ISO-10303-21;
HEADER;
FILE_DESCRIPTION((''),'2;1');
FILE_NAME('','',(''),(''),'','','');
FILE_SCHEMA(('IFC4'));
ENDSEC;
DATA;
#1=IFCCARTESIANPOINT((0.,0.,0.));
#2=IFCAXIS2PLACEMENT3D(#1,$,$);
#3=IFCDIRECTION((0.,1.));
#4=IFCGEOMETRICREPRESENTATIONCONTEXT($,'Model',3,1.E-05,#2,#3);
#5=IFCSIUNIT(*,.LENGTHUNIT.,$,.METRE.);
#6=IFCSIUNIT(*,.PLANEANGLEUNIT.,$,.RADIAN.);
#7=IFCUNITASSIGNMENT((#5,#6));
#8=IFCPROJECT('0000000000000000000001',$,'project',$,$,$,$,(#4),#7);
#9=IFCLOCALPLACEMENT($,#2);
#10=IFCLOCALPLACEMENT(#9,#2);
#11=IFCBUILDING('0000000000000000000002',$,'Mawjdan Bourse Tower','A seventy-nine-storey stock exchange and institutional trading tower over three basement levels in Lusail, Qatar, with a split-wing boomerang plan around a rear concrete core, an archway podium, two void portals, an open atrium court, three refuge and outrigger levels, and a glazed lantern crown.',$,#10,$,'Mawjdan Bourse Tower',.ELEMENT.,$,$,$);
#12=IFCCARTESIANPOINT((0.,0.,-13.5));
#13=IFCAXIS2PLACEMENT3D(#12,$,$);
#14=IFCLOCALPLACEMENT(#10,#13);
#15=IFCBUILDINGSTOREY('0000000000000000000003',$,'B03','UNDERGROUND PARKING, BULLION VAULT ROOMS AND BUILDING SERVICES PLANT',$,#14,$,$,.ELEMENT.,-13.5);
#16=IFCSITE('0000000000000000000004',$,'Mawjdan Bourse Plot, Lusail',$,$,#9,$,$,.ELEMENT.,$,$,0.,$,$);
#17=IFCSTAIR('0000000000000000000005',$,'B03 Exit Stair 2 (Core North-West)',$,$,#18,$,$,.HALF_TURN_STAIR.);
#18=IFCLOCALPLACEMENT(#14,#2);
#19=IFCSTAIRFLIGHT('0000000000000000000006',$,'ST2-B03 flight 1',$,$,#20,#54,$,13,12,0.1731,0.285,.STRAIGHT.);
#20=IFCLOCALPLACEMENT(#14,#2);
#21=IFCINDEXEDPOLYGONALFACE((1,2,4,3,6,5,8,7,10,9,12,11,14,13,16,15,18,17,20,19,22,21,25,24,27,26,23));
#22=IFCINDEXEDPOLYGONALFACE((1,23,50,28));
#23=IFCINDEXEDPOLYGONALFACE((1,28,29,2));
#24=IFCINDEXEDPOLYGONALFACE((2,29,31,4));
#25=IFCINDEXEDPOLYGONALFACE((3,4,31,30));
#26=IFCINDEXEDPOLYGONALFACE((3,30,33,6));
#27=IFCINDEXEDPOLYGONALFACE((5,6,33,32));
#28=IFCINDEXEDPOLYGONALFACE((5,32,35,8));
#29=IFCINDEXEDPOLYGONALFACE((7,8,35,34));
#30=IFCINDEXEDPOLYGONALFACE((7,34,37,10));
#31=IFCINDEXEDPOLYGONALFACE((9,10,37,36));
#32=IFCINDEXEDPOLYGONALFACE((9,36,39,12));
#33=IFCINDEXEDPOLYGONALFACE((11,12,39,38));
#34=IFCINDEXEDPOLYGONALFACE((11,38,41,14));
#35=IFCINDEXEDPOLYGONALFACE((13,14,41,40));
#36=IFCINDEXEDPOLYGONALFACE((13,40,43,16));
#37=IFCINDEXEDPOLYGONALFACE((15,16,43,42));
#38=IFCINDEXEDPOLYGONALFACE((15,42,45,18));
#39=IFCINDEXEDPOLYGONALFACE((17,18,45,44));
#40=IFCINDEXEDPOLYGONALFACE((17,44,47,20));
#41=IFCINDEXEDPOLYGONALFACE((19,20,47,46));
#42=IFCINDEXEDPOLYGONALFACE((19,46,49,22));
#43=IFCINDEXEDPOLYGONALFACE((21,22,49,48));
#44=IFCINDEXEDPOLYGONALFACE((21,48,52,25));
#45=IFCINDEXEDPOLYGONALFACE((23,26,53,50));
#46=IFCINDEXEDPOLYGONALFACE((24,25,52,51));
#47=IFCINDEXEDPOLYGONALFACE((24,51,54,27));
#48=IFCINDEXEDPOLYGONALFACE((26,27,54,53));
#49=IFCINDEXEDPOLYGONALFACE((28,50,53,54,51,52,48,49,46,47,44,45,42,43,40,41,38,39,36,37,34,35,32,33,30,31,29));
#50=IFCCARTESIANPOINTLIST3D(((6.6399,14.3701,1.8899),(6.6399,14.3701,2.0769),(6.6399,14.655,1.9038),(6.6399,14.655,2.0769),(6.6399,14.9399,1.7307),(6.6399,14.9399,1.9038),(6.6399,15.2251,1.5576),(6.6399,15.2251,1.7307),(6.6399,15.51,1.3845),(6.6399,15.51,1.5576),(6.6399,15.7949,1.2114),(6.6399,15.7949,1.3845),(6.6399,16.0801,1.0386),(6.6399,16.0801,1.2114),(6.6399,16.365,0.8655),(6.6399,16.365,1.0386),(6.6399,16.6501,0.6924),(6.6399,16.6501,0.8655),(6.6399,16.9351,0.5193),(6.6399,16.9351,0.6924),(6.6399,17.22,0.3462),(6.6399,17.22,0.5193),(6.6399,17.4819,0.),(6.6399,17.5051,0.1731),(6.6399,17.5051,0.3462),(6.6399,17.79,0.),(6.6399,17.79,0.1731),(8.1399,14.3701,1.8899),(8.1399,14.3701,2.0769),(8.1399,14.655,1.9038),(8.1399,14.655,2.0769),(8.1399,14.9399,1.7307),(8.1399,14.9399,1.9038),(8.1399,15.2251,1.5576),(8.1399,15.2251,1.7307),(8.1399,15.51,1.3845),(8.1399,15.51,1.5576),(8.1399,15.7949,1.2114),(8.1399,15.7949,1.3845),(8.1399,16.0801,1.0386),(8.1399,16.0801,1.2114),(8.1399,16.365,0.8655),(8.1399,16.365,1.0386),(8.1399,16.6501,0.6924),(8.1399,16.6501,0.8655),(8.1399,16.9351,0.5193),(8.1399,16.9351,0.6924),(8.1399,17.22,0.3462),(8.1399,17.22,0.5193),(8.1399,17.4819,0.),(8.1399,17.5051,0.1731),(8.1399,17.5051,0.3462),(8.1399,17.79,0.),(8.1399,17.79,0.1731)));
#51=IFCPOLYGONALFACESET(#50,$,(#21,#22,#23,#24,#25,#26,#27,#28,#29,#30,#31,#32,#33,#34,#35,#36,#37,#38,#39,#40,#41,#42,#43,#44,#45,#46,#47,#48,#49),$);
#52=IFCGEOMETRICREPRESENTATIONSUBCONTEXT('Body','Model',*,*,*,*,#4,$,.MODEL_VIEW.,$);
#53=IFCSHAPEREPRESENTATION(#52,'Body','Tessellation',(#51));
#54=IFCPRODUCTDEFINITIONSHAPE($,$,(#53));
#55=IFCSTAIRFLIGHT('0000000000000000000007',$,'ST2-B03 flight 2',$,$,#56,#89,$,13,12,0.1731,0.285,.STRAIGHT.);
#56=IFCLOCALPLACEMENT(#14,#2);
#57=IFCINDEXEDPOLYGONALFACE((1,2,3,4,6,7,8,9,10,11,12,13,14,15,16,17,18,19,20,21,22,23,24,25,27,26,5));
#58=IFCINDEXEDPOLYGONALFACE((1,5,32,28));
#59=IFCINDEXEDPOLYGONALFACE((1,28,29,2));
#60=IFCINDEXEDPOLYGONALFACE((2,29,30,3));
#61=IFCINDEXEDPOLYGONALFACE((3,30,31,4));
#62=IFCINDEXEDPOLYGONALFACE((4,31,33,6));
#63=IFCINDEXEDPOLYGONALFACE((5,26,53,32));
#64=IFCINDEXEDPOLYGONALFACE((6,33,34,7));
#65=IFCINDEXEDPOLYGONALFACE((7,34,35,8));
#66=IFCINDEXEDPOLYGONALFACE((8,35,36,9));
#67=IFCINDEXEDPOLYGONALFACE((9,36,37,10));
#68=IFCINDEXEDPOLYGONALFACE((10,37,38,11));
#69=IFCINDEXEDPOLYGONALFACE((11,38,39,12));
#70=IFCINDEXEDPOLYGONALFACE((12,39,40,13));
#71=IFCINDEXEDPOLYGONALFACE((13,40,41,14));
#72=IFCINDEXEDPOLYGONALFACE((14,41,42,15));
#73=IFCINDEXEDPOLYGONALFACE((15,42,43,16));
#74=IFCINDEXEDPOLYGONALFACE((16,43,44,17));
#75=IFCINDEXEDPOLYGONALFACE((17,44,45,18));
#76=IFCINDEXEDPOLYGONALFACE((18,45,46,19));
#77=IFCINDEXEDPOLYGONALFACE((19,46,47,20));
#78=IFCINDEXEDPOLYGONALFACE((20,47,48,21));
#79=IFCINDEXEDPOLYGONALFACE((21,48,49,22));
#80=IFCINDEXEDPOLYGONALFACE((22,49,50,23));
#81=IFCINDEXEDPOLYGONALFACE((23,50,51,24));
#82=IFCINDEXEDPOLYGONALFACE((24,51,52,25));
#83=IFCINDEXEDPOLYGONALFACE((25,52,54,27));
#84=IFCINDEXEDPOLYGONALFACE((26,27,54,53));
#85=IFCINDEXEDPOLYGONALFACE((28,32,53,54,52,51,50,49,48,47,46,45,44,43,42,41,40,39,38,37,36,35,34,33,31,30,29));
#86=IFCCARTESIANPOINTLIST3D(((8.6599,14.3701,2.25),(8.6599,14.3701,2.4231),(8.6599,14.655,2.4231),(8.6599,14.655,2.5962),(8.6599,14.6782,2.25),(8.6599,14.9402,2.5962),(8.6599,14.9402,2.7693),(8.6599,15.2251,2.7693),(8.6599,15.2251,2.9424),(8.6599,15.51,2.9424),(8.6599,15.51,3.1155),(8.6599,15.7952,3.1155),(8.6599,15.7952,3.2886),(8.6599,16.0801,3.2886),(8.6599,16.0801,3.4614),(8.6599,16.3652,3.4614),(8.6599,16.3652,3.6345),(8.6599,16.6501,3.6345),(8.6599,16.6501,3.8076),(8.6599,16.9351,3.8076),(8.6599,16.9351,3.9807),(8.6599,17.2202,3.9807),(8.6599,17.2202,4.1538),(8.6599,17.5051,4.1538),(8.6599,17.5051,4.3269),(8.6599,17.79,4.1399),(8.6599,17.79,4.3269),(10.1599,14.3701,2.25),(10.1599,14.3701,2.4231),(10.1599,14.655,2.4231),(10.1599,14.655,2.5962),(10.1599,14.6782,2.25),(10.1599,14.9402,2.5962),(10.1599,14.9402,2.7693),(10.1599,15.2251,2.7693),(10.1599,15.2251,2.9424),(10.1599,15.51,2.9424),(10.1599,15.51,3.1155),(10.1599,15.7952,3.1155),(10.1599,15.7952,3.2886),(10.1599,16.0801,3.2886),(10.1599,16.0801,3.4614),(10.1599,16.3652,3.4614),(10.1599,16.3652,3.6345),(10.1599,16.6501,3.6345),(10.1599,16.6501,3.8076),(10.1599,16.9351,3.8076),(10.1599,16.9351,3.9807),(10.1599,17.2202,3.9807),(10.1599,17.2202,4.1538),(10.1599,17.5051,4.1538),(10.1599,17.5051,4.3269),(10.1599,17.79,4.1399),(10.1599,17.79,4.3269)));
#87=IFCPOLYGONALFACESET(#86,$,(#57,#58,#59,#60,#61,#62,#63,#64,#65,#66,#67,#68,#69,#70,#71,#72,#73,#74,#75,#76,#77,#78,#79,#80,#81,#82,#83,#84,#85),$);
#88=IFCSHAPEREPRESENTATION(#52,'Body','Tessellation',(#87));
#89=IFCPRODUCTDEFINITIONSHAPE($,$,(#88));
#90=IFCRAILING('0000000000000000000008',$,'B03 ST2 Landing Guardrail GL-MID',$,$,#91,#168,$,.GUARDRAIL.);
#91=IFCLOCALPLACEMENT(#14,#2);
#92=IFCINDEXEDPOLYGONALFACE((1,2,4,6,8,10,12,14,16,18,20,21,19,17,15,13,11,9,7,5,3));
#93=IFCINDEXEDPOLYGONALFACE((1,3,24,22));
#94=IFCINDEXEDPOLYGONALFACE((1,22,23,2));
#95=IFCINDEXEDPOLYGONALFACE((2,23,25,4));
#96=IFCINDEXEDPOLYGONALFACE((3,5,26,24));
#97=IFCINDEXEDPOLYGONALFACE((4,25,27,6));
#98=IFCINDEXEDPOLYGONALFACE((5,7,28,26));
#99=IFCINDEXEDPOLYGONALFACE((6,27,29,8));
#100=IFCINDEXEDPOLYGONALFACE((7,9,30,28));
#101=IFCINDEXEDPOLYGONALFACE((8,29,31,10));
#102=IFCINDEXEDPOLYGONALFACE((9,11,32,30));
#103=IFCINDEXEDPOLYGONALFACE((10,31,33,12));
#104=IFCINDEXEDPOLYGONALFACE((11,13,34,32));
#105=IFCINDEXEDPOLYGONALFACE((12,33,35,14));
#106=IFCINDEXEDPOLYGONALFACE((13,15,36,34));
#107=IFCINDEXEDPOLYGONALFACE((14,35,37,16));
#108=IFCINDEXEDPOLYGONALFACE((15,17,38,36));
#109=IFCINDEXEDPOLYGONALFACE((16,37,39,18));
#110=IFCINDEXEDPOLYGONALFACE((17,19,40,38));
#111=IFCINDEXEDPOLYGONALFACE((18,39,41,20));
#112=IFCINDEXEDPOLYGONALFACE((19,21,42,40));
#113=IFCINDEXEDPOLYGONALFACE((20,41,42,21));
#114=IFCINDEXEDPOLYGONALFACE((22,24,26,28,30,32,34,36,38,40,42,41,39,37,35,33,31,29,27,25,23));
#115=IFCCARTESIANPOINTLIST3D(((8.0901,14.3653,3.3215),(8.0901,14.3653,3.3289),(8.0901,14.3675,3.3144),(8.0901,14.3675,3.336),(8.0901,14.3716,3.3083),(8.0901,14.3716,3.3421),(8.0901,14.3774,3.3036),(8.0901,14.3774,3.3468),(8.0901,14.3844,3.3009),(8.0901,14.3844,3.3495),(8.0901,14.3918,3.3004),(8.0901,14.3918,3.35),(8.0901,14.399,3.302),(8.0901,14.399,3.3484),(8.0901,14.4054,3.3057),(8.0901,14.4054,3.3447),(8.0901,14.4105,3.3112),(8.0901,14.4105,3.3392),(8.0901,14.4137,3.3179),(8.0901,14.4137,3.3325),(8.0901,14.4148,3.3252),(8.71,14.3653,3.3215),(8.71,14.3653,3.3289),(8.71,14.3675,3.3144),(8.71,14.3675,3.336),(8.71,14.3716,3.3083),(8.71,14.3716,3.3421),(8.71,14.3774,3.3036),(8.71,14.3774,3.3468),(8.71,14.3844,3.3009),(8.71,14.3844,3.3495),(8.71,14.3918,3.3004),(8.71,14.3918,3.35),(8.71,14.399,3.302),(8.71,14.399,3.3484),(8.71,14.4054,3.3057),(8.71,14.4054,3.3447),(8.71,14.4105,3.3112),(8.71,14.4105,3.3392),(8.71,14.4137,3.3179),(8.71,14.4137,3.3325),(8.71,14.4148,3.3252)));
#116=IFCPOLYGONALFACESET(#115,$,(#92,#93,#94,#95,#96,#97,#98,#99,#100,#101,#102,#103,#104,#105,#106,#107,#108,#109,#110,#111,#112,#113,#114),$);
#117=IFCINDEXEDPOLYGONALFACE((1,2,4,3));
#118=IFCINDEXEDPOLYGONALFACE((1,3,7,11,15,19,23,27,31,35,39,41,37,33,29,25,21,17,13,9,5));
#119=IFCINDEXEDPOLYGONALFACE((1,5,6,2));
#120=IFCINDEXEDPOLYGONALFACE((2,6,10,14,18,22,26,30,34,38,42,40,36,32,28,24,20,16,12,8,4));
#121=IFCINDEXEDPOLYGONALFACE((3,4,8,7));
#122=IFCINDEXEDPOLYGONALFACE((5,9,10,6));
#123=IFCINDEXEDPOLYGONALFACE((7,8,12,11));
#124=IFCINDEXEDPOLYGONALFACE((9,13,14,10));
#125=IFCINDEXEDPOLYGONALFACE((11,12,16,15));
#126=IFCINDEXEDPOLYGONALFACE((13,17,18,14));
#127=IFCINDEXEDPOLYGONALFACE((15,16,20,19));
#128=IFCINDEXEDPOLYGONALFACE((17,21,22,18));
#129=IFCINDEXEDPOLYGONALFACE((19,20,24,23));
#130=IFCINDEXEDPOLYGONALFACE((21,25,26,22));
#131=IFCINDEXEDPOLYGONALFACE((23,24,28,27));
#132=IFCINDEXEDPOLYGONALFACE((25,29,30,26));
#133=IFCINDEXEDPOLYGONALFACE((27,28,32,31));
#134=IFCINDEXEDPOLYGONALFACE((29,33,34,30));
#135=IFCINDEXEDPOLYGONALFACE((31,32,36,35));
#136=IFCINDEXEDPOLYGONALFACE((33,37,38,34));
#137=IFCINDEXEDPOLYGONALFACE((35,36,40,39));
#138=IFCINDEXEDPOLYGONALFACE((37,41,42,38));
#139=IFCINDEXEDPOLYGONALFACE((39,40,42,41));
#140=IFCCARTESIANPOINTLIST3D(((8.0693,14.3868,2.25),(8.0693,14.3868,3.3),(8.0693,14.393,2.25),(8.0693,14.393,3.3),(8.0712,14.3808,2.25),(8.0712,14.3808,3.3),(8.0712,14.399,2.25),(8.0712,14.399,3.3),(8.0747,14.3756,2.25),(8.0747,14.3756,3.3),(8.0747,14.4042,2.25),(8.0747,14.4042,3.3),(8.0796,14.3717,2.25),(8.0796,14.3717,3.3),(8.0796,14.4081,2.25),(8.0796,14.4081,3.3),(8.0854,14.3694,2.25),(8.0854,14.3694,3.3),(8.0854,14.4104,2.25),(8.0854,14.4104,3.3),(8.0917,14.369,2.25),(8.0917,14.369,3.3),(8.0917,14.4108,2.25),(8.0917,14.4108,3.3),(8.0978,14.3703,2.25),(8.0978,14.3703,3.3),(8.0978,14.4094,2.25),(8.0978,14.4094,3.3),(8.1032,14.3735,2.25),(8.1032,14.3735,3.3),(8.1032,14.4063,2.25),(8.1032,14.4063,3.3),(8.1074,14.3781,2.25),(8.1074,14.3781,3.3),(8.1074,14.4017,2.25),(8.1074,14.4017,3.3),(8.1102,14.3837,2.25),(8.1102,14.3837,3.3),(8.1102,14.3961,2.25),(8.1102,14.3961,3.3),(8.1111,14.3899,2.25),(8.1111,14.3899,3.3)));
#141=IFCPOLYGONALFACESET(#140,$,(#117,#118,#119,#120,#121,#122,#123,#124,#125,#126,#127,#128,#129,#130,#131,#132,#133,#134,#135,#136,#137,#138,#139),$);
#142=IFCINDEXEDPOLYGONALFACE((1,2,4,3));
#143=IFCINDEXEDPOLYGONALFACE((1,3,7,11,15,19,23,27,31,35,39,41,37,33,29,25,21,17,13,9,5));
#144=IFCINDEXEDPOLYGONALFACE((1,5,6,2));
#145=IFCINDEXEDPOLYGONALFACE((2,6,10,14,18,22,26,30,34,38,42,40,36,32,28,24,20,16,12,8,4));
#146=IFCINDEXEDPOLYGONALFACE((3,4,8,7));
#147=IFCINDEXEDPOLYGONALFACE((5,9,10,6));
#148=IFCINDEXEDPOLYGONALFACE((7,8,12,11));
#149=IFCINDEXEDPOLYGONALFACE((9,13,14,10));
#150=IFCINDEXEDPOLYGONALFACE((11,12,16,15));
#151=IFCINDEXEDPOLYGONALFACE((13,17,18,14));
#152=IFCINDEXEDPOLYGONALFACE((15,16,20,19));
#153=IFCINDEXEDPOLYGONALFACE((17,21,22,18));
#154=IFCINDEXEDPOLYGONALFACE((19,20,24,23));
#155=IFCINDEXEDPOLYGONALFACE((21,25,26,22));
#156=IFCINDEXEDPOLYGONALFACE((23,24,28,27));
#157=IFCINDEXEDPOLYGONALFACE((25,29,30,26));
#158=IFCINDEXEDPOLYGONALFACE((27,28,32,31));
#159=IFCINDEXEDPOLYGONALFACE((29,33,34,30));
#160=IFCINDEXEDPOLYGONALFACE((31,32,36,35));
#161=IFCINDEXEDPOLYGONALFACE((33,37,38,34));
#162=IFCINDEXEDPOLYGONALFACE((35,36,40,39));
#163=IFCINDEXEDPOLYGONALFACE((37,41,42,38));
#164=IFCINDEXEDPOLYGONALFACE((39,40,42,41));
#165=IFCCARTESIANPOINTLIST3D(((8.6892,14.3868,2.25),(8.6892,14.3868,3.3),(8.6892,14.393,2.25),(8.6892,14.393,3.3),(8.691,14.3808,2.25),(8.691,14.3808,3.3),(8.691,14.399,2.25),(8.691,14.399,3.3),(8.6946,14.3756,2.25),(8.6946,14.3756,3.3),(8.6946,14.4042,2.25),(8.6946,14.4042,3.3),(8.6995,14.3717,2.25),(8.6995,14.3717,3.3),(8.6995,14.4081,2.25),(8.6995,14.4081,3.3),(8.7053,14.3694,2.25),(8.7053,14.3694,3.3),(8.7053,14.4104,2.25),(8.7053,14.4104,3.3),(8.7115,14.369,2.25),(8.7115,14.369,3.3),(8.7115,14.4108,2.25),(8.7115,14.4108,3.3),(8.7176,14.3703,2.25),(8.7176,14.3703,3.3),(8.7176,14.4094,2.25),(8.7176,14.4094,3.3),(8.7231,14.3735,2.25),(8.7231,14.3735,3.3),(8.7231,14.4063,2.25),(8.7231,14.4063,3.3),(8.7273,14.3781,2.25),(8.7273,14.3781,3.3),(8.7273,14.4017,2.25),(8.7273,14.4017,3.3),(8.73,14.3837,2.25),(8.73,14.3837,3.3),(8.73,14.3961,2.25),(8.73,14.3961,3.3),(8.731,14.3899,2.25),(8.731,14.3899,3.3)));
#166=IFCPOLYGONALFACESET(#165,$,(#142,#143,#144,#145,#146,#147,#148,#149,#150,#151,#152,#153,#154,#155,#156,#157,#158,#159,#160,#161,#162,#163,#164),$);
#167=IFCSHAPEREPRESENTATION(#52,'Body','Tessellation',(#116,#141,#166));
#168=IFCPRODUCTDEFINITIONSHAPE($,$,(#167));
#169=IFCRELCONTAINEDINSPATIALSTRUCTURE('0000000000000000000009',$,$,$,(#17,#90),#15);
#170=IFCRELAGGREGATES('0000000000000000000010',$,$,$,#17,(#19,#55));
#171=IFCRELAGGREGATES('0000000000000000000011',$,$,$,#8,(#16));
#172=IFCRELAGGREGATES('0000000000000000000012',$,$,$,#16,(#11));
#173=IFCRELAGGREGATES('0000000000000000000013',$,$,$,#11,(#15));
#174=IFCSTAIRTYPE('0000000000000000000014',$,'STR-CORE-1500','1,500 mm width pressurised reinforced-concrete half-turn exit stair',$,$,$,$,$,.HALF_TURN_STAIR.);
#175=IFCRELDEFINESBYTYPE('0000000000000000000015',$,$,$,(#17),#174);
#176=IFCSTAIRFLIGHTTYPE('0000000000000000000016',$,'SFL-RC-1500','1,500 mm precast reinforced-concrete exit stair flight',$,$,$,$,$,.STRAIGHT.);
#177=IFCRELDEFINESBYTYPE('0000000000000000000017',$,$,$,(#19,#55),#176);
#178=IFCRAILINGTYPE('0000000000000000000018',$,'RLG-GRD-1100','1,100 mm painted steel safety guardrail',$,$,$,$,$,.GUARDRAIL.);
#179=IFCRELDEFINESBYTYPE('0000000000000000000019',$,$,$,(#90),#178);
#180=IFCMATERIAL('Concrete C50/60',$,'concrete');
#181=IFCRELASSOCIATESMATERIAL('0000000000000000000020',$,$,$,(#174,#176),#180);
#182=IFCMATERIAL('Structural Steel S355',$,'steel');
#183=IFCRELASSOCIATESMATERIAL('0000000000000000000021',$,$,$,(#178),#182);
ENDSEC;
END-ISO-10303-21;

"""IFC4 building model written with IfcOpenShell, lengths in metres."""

from ifc_helpers import new_model, si_unit, direction, frame, origin, origin_2d, place, context, subcontext, project, spatial, polyline, circle, outline, extrude, material, type_object, element, aggregate, save


model = new_model("IFC4")

# Units and contexts
model_context = context("Model", 3, precision=1e-05, world=origin(), true_north=direction((0.0, 1.0)))
body_context = subcontext(model_context, "Body", "Model", "MODEL_VIEW")
ifc_project = project(units=[si_unit("LENGTHUNIT", "METRE"), si_unit("PLANEANGLEUNIT", "RADIAN")], contexts=[model_context])

# Site, building, storey
site_placement = place(None, origin())
site = spatial("IfcSite", under=ifc_project, at=site_placement, Name="Mawjdan Bourse Plot, Lusail", CompositionType="ELEMENT", RefElevation=0.0)
building_placement = place(site_placement, origin())
building = spatial("IfcBuilding", under=site, at=building_placement, Name="Mawjdan Bourse Tower", Description="A seventy-nine-storey stock exchange and institutional trading tower over three basement levels in Lusail, Qatar, with a split-wing boomerang plan around a rear concrete core, an archway podium, two void portals, an open atrium court, three refuge and outrigger levels, and a glazed lantern crown.", LongName="Mawjdan Bourse Tower", CompositionType="ELEMENT")
storey_placement = place(building_placement, frame((0.0, 0.0, -13.5)))
storey = spatial("IfcBuildingStorey", under=building, at=storey_placement, Name="B03", Description="UNDERGROUND PARKING, BULLION VAULT ROOMS AND BUILDING SERVICES PLANT", CompositionType="ELEMENT", Elevation=-13.5)

# Shared definitions
ifc_material_1 = material(Name="Concrete C50/60", Category="concrete")

# Stair, stair flights
stair_type = type_object("IfcStairType", Name="STR-CORE-1500", Description="1,500 mm width pressurised reinforced-concrete half-turn exit stair", PredefinedType="HALF_TURN_STAIR", material=ifc_material_1)
stair_placement = place(storey_placement, origin())
stair = element("IfcStair", 1, at=stair_placement, inside=storey, type_object=stair_type, Name="B03 Exit Stair 2 (Core North-West)", PredefinedType="HALF_TURN_STAIR")
stair_flight_type = type_object("IfcStairFlightType", Name="SFL-RC-1500", Description="1,500 mm precast reinforced-concrete exit stair flight", PredefinedType="STRAIGHT", material=ifc_material_1)
stair_flight_1_placement = place(storey_placement, frame((7.3899, 17.79, 0.0), z_axis=(0.0, 0.0, 1.0), x_axis=(0.0, -1.0, 0.0)))
stair_flight_1 = element("IfcStairFlight", 2, at=stair_flight_1_placement, type_object=stair_flight_type, Name="ST2-B03 flight 1", NumberOfRisers=13, NumberOfTreads=12, PredefinedType="STRAIGHT", RiserHeight=0.1731, TreadLength=0.285, context=body_context, shape_type="SweptSolid", body=[
    extrude(outline(polyline([(0.0, 0.0), (0.0, 0.1731), (0.2849, 0.1731), (0.2849, 0.3462), (0.5701, 0.3462), (0.5701, 0.5193), (0.855, 0.5193), (0.855, 0.6924), (1.1399, 0.6924), (1.1399, 0.8655), (1.425, 0.8655), (1.425, 1.0386), (1.71, 1.0386), (1.71, 1.2114), (1.9951, 1.2114), (1.9951, 1.3845), (2.28, 1.3845), (2.28, 1.5576), (2.5649, 1.5576), (2.5649, 1.7307), (2.8501, 1.7307), (2.8501, 1.9038), (3.135, 1.9038), (3.135, 2.0769), (3.4199, 2.0769), (3.4199, 2.25), (3.4199, 1.8899), (0.3081, 0.0), (0.0, 0.0)])), frame((0.0, 0.75, 0.0), z_axis=(0.0, -1.0, 0.0), x_axis=(1.0, 0.0, 0.0)), (0.0, 0.0, 1.0), 1.5),
])
stair_flight_2_placement = place(storey_placement, frame((9.4099, 14.3701, 2.25), z_axis=(0.0, 0.0, 1.0), x_axis=(0.0, 1.0, 0.0)))
stair_flight_2 = element("IfcStairFlight", 3, at=stair_flight_2_placement, type_object=stair_flight_type, Name="ST2-B03 flight 2", NumberOfRisers=13, NumberOfTreads=12, PredefinedType="STRAIGHT", RiserHeight=0.1731, TreadLength=0.285, context=body_context, shape_type="SweptSolid", body=[
    extrude(outline(polyline([(0.0, 0.0), (0.0, 0.1731), (0.2849, 0.1731), (0.2849, 0.3462), (0.5701, 0.3462), (0.5701, 0.5193), (0.855, 0.5193), (0.855, 0.6924), (1.1399, 0.6924), (1.1399, 0.8655), (1.425, 0.8655), (1.425, 1.0386), (1.71, 1.0386), (1.71, 1.2114), (1.9951, 1.2114), (1.9951, 1.3845), (2.28, 1.3845), (2.28, 1.5576), (2.5649, 1.5576), (2.5649, 1.7307), (2.8501, 1.7307), (2.8501, 1.9038), (3.135, 1.9038), (3.135, 2.0769), (3.4199, 2.0769), (3.4199, 2.25), (3.4199, 1.8899), (0.3081, 0.0), (0.0, 0.0)])), frame((0.0, 0.75, 0.0), z_axis=(0.0, -1.0, 0.0), x_axis=(1.0, 0.0, 0.0)), (0.0, 0.0, 1.0), 1.5),
])
aggregate(stair, [stair_flight_1, stair_flight_2])

# Railing
ifc_material_2 = material(Name="Structural Steel S355", Category="steel")
railing_type_1 = type_object("IfcRailingType", Name="RLG-GRD-1100", Description="1,100 mm painted steel safety guardrail", PredefinedType="GUARDRAIL", material=ifc_material_2)
railing_1_placement = place(storey_placement, frame((8.0901, 14.3899, 2.25)))
element("IfcRailing", 4, at=railing_1_placement, inside=storey, type_object=railing_type_1, Name="B03 ST2 Landing Guardrail GL-MID", PredefinedType="GUARDRAIL", context=body_context, shape_type="SweptSolid", body=[
    extrude(circle(Radius=0.0249, at=origin_2d()), frame((0.0, 0.0, 1.0752), z_axis=(1.0, 0.0, 0.0), x_axis=(0.0, 1.0, 0.0)), (0.0, 0.0, 1.0), 0.6199),
    extrude(circle(Radius=0.021, at=origin_2d()), origin(), (0.0, 0.0, 1.0), 1.05),
    extrude(circle(Radius=0.021, at=origin_2d()), frame((0.6199, 0.0, 0.0)), (0.0, 0.0, 1.0), 1.05),
])

save(model, "model.ifc")
